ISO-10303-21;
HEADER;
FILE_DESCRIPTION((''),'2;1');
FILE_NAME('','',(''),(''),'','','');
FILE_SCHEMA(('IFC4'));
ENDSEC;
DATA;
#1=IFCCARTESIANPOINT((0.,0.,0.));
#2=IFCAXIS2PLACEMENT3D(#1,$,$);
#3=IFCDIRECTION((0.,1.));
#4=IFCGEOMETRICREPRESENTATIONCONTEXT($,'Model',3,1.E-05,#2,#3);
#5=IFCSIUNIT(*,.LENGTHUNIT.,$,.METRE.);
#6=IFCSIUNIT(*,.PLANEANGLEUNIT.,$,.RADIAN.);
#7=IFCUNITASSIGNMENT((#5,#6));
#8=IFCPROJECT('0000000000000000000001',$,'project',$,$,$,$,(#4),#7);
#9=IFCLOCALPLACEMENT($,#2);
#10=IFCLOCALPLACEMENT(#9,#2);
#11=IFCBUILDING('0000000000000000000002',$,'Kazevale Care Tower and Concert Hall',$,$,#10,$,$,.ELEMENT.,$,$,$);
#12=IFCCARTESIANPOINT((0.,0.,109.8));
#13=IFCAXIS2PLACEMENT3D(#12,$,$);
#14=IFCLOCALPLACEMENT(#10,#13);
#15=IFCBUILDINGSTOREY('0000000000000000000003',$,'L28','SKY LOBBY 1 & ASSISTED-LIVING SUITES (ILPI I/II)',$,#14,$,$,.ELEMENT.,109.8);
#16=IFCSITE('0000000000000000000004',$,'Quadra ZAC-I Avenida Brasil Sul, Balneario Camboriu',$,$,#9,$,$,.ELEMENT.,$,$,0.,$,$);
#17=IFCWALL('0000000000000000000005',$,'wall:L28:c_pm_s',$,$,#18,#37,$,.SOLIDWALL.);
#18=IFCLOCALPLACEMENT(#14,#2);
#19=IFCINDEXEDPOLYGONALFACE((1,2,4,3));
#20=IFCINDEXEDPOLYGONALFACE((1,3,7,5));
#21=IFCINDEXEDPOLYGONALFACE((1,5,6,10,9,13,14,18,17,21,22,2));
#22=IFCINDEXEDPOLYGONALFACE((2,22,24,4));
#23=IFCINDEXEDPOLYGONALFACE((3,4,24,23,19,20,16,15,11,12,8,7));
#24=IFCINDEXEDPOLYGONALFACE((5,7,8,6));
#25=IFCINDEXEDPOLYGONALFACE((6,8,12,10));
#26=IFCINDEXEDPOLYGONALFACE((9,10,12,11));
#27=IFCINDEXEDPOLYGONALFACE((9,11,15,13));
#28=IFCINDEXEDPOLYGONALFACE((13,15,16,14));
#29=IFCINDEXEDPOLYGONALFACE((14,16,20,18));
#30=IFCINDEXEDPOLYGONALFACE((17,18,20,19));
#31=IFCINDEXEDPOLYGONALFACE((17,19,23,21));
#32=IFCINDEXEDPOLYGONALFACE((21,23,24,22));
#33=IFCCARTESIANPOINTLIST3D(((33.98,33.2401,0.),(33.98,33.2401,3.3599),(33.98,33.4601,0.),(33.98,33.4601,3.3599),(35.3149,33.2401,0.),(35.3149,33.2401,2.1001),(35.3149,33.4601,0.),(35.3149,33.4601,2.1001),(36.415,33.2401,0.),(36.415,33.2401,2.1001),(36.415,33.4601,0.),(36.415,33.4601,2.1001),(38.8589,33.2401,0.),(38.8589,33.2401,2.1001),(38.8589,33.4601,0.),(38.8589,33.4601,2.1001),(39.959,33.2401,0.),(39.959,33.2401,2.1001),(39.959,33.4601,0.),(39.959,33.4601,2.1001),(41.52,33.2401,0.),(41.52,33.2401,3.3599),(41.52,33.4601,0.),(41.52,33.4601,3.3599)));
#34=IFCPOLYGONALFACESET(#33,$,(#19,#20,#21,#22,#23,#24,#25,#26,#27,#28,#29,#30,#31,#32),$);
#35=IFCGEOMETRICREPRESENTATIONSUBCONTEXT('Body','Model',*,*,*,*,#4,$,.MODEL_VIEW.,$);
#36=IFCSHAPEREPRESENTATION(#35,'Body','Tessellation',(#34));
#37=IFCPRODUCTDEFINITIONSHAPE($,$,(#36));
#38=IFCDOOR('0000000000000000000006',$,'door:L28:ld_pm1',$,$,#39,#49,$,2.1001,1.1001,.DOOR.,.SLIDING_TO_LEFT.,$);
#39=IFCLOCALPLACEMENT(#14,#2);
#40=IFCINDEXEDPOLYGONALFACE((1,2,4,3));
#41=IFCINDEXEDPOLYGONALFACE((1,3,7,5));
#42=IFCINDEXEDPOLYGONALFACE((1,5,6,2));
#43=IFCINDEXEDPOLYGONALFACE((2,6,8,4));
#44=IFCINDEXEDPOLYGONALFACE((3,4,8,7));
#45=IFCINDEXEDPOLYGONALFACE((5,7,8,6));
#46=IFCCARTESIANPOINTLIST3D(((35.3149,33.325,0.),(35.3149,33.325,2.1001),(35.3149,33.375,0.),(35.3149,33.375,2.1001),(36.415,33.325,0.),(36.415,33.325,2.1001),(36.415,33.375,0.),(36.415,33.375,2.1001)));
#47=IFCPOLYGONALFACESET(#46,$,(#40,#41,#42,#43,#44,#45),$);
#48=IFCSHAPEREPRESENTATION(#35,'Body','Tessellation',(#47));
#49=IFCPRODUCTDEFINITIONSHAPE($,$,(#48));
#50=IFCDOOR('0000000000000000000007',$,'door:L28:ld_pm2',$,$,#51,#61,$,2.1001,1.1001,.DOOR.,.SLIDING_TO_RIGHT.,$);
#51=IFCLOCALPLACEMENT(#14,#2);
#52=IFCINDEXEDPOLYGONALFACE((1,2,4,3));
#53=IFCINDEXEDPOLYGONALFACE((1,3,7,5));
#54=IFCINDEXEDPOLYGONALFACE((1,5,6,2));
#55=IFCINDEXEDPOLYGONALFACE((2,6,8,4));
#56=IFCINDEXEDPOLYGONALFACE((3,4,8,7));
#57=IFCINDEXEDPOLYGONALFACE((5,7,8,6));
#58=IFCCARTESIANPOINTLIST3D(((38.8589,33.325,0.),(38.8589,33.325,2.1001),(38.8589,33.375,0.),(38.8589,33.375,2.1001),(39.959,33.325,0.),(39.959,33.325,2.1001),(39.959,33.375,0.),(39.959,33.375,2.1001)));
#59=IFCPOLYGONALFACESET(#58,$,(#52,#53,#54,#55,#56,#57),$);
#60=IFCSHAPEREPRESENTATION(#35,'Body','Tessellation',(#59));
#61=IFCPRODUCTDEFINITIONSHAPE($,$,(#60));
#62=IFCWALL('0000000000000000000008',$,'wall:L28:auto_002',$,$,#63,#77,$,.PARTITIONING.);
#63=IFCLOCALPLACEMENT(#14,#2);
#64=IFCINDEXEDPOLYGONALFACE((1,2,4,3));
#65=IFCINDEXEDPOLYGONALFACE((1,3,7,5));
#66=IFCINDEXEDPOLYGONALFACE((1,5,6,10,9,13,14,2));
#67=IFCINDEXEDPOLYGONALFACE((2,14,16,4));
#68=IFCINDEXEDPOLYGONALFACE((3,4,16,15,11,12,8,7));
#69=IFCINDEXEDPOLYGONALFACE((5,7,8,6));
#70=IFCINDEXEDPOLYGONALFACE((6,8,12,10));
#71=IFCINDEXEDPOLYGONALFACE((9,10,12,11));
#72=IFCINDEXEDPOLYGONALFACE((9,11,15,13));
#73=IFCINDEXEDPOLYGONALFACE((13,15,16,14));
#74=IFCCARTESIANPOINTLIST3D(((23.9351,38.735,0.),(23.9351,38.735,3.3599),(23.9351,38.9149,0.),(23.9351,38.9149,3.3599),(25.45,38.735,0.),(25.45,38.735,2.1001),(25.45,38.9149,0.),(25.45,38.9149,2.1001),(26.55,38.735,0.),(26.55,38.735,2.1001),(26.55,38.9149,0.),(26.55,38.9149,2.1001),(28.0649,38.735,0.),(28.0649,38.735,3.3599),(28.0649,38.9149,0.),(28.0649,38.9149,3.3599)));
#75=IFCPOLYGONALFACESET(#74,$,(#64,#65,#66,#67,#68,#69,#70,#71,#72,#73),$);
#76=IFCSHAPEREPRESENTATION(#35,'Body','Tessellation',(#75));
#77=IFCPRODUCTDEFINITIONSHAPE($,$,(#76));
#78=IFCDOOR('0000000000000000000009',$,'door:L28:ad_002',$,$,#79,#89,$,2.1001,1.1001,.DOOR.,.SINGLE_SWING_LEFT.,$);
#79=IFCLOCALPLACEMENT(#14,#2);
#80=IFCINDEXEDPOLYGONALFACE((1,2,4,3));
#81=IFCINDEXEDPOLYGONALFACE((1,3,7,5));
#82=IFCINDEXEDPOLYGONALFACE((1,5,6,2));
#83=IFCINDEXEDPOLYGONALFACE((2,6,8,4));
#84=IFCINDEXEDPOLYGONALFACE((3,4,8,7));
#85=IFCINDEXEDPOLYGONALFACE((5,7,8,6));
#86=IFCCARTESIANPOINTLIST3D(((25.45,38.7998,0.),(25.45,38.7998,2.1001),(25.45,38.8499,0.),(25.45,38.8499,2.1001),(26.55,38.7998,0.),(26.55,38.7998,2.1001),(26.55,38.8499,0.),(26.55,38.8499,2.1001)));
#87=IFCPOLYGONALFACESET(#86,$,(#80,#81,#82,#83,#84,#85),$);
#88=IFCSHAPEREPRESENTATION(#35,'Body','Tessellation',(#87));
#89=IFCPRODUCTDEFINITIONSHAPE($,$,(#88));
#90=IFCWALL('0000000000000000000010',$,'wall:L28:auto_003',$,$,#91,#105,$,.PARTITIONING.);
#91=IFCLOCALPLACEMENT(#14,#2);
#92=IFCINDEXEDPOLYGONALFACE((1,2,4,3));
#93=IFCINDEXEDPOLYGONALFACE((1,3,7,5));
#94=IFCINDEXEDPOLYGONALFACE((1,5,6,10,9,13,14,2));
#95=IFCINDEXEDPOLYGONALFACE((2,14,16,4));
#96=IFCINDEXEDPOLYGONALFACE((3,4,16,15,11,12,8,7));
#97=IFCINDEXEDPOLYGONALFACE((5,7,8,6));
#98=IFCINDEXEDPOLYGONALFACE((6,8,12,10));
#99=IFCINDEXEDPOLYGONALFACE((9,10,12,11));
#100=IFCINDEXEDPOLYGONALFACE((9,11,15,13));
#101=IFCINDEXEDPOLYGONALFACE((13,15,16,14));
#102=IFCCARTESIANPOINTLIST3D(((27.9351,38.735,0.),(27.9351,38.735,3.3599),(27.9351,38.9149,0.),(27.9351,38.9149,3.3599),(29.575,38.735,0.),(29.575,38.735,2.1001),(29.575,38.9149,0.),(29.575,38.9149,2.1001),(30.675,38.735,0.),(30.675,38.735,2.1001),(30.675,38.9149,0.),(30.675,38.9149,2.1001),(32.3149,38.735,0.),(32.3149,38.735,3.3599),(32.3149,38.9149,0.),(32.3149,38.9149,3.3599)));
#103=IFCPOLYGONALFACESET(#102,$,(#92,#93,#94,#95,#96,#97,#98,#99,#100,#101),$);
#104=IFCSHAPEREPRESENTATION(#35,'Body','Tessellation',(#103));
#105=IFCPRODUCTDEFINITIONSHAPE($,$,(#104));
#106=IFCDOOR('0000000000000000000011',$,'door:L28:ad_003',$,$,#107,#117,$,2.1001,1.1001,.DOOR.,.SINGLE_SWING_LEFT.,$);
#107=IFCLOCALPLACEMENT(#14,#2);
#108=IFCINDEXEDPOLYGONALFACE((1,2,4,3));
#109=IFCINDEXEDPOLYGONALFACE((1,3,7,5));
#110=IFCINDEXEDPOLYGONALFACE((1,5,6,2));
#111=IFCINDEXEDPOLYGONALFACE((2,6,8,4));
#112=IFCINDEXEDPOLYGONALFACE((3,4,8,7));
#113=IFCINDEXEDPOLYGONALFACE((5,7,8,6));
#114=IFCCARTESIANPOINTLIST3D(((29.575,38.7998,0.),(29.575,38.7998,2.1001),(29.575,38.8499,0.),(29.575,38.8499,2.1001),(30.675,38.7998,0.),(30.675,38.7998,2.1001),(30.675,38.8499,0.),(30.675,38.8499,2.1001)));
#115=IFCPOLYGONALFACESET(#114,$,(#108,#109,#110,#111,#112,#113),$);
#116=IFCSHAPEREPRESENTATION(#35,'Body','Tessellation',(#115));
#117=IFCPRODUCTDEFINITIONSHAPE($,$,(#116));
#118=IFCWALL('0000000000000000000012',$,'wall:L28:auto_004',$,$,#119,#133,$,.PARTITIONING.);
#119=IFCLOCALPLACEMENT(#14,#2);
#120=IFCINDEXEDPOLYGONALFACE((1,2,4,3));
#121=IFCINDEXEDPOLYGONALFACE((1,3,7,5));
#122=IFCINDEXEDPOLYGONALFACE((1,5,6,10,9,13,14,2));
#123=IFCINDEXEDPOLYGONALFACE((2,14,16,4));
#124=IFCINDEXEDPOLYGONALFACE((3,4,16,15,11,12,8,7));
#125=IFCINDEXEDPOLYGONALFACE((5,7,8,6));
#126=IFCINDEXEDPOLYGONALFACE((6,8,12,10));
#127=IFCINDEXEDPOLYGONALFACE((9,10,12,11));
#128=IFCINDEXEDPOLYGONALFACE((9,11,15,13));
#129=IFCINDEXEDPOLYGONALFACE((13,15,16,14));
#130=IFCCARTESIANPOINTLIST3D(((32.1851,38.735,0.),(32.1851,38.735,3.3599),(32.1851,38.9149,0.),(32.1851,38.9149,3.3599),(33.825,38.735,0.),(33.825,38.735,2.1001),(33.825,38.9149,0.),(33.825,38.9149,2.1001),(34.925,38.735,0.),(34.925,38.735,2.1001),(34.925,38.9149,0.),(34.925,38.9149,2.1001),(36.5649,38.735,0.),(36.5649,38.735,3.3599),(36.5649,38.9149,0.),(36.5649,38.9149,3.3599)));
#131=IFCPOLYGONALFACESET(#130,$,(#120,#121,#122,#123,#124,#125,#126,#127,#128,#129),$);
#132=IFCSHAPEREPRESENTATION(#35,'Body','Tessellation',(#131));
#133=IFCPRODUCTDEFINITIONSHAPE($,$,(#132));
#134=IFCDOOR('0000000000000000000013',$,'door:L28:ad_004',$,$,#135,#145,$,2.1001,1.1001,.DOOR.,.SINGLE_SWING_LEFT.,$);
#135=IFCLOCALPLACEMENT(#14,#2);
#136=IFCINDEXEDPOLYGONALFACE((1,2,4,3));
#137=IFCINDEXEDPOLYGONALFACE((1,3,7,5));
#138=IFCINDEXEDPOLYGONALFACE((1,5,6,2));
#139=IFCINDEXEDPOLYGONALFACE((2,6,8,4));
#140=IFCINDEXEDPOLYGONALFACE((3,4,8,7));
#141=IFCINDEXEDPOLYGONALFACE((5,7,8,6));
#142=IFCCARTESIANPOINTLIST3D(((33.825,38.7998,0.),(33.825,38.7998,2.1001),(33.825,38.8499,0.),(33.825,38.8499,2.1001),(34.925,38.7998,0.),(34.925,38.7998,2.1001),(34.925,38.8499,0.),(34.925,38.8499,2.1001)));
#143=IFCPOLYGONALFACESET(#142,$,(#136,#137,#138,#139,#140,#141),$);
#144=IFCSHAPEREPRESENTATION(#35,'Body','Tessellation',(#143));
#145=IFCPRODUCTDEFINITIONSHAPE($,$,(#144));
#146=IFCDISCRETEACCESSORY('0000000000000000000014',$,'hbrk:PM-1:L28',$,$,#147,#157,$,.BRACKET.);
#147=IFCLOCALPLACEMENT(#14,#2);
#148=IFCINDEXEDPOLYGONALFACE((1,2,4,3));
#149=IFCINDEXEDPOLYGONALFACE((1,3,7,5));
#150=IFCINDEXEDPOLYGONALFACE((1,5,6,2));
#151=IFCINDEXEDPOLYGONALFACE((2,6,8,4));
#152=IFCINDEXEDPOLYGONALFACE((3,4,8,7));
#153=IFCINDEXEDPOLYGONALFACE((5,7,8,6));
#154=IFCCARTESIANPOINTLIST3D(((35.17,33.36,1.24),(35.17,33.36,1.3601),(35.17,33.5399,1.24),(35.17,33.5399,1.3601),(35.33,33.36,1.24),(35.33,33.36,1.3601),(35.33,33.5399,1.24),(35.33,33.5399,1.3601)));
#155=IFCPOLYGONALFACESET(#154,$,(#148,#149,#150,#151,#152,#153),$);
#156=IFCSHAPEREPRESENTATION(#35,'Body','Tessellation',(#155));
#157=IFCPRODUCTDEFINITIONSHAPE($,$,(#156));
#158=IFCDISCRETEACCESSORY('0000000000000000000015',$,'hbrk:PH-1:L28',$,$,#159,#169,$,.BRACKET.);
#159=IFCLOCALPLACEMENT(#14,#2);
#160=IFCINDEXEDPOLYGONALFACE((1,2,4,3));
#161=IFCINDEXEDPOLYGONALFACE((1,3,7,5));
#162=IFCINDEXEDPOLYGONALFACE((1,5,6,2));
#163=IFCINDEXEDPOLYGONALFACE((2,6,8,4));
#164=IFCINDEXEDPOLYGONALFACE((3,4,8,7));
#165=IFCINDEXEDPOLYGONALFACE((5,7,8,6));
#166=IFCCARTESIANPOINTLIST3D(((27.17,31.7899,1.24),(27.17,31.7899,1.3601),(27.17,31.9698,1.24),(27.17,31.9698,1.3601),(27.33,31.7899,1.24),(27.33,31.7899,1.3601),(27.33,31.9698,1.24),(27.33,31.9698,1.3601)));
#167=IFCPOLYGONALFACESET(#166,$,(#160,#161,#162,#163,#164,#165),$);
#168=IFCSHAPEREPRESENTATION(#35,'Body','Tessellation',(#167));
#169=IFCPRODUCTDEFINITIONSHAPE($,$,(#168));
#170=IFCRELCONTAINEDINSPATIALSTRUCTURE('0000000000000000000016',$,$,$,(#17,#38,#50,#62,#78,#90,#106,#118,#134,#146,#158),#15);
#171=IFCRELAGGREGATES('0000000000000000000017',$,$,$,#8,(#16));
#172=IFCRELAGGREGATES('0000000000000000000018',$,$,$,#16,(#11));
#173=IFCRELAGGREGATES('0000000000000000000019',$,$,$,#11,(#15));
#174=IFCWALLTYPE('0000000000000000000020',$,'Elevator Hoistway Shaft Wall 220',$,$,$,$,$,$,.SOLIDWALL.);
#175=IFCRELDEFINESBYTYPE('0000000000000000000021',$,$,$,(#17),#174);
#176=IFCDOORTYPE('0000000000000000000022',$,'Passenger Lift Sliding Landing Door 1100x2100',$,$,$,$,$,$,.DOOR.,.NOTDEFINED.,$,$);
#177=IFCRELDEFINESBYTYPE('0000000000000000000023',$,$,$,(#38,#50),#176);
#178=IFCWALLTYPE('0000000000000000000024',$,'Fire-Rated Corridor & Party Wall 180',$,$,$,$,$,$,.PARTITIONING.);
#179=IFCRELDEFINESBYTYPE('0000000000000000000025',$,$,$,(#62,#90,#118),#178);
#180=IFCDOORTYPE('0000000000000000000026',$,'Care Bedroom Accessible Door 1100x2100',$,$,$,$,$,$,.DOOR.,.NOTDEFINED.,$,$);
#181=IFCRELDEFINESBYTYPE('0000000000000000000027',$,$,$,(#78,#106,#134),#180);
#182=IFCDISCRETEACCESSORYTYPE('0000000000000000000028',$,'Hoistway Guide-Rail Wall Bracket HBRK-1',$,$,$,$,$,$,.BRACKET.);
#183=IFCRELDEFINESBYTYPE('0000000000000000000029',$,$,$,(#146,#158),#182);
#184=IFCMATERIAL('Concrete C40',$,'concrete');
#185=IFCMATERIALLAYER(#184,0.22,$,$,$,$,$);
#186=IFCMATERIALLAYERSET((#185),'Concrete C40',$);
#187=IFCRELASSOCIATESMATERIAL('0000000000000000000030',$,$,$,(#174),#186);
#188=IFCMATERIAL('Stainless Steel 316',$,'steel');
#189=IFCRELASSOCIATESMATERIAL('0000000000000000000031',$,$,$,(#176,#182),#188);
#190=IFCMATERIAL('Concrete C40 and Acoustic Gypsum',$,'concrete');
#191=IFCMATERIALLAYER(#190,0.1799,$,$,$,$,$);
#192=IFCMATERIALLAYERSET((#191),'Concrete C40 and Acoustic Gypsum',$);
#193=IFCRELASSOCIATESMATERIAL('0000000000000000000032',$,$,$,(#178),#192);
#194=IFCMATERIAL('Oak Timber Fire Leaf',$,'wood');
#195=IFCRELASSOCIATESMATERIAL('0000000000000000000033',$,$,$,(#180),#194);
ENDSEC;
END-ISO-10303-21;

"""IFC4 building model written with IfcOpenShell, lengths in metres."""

from ifc_helpers import new_model, si_unit, direction, frame, frame_2d, origin, origin_2d, place, context, subcontext, project, spatial, rectangle, extrude, material, layer, layer_set, type_object, element, fill, save


model = new_model("IFC4")

# Units and contexts
model_context = context("Model", 3, precision=1e-05, world=origin(), true_north=direction((0.0, 1.0)))
body_context = subcontext(model_context, "Body", "Model", "MODEL_VIEW")
ifc_project = project(units=[si_unit("LENGTHUNIT", "METRE"), si_unit("PLANEANGLEUNIT", "RADIAN")], contexts=[model_context])

# Site, building, storey
site_placement = place(None, origin())
site = spatial("IfcSite", under=ifc_project, at=site_placement, Name="Quadra ZAC-I Avenida Brasil Sul, Balneario Camboriu", CompositionType="ELEMENT", RefElevation=0.0)
building_placement = place(site_placement, origin())
building = spatial("IfcBuilding", under=site, at=building_placement, Name="Kazevale Care Tower and Concert Hall", CompositionType="ELEMENT")
storey_placement = place(building_placement, frame((0.0, 0.0, 109.8)))
storey = spatial("IfcBuildingStorey", under=building, at=storey_placement, Name="L28", Description="SKY LOBBY 1 & ASSISTED-LIVING SUITES (ILPI I/II)", CompositionType="ELEMENT", Elevation=109.8)

# Shared definitions
ifc_material_1 = material(Name="Oak Timber Fire Leaf", Category="wood")

# Shared definitions
ifc_material_2 = material(Name="Concrete C40", Category="concrete")
ifc_layer_1 = layer(ifc_material_2, 0.22)
ifc_layer_set_1 = layer_set([ifc_layer_1], Name="Concrete C40")
wall_type_1 = type_object("IfcWallType", Name="Elevator Hoistway Shaft Wall 220", PredefinedType="SOLIDWALL", material=ifc_layer_set_1)

# Wall, openings, doors
wall_1_placement = place(storey_placement, frame((33.98, 33.3501, 0.0), z_axis=(0.0, 0.0, 1.0), x_axis=(1.0, 0.0, 0.0)))
wall_1 = element("IfcWall", 1, at=wall_1_placement, inside=storey, type_object=wall_type_1, Name="wall:L28:c_pm_s", PredefinedType="SOLIDWALL", context=body_context, shape_type="SweptSolid", body=[
    extrude(rectangle(XDim=7.54, YDim=0.22, at=frame_2d((3.77, 0.0))), origin(), (0.0, 0.0, 1.0), 3.3599),
])
opening_1_placement = place(wall_1_placement, frame((1.335, 0.0, 0.0)))
opening_1 = element("IfcOpeningElement", 2, at=opening_1_placement, cuts=wall_1, PredefinedType="OPENING", context=body_context, shape_type="SweptSolid", body=[
    extrude(rectangle(XDim=1.1001, YDim=2.1001, at=frame_2d((0.55, 1.05))), frame((0.0, 0.1199, 0.0), z_axis=(0.0, -1.0, 0.0), x_axis=(1.0, 0.0, 0.0)), (0.0, 0.0, 1.0), 0.24),
])
opening_2_placement = place(wall_1_placement, frame((4.8789, 0.0, 0.0)))
opening_2 = element("IfcOpeningElement", 3, at=opening_2_placement, cuts=wall_1, PredefinedType="OPENING", context=body_context, shape_type="SweptSolid", body=[
    extrude(rectangle(XDim=1.1001, YDim=2.1001, at=frame_2d((0.55, 1.05))), frame((0.0, 0.1199, 0.0), z_axis=(0.0, -1.0, 0.0), x_axis=(1.0, 0.0, 0.0)), (0.0, 0.0, 1.0), 0.24),
])
ifc_material_3 = material(Name="Stainless Steel 316", Category="steel")
door_type_1 = type_object("IfcDoorType", Name="Passenger Lift Sliding Landing Door 1100x2100", OperationType="NOTDEFINED", PredefinedType="DOOR", material=ifc_material_3)
door_1_placement = place(opening_1_placement, origin())
door_1 = element("IfcDoor", 4, at=door_1_placement, inside=storey, type_object=door_type_1, Name="door:L28:ld_pm1", OperationType="SLIDING_TO_LEFT", OverallHeight=2.1001, OverallWidth=1.1001, PredefinedType="DOOR", context=body_context, shape_type="SweptSolid", body=[
    extrude(rectangle(XDim=1.1001, YDim=2.1001, at=frame_2d((0.55, 1.05))), frame((0.0, 0.0249, 0.0), z_axis=(0.0, -1.0, 0.0), x_axis=(1.0, 0.0, 0.0)), (0.0, 0.0, 1.0), 0.05),
])
fill(opening_1, door_1)
door_2_placement = place(opening_2_placement, origin())
door_2 = element("IfcDoor", 5, at=door_2_placement, inside=storey, type_object=door_type_1, Name="door:L28:ld_pm2", OperationType="SLIDING_TO_RIGHT", OverallHeight=2.1001, OverallWidth=1.1001, PredefinedType="DOOR", context=body_context, shape_type="SweptSolid", body=[
    extrude(rectangle(XDim=1.1001, YDim=2.1001, at=frame_2d((0.55, 1.05))), frame((0.0, 0.0249, 0.0), z_axis=(0.0, -1.0, 0.0), x_axis=(1.0, 0.0, 0.0)), (0.0, 0.0, 1.0), 0.05),
])
fill(opening_2, door_2)

# Walls, openings, doors
ifc_material_4 = material(Name="Concrete C40 and Acoustic Gypsum", Category="concrete")
ifc_layer_2 = layer(ifc_material_4, 0.1799)
ifc_layer_set_2 = layer_set([ifc_layer_2], Name="Concrete C40 and Acoustic Gypsum")
wall_type_2 = type_object("IfcWallType", Name="Fire-Rated Corridor & Party Wall 180", PredefinedType="PARTITIONING", material=ifc_layer_set_2)
wall_2_placement = place(storey_placement, frame((23.9351, 38.825, 0.0), z_axis=(0.0, 0.0, 1.0), x_axis=(1.0, 0.0, 0.0)))
wall_2 = element("IfcWall", 6, at=wall_2_placement, inside=storey, type_object=wall_type_2, Name="wall:L28:auto_002", PredefinedType="PARTITIONING", context=body_context, shape_type="SweptSolid", body=[
    extrude(rectangle(XDim=4.1299, YDim=0.1799, at=frame_2d((2.0649, 0.0))), origin(), (0.0, 0.0, 1.0), 3.3599),
])
opening_3_placement = place(wall_2_placement, frame((1.5149, 0.0, 0.0)))
opening_3 = element("IfcOpeningElement", 7, at=opening_3_placement, cuts=wall_2, PredefinedType="OPENING", context=body_context, shape_type="SweptSolid", body=[
    extrude(rectangle(XDim=1.1001, YDim=2.1001, at=frame_2d((0.55, 1.05))), frame((0.0, 0.0999, 0.0), z_axis=(0.0, -1.0, 0.0), x_axis=(1.0, 0.0, 0.0)), (0.0, 0.0, 1.0), 0.2),
])
door_type_2 = type_object("IfcDoorType", Name="Care Bedroom Accessible Door 1100x2100", OperationType="NOTDEFINED", PredefinedType="DOOR", material=ifc_material_1)
door_3_placement = place(opening_3_placement, origin())
door_3 = element("IfcDoor", 8, at=door_3_placement, inside=storey, type_object=door_type_2, Name="door:L28:ad_002", OperationType="SINGLE_SWING_LEFT", OverallHeight=2.1001, OverallWidth=1.1001, PredefinedType="DOOR", context=body_context, shape_type="SweptSolid", body=[
    extrude(rectangle(XDim=1.1001, YDim=2.1001, at=frame_2d((0.55, 1.05))), frame((0.0, 0.0249, 0.0), z_axis=(0.0, -1.0, 0.0), x_axis=(1.0, 0.0, 0.0)), (0.0, 0.0, 1.0), 0.05),
])
fill(opening_3, door_3)
wall_3_placement = place(storey_placement, frame((27.9351, 38.825, 0.0), z_axis=(0.0, 0.0, 1.0), x_axis=(1.0, 0.0, 0.0)))
wall_3 = element("IfcWall", 9, at=wall_3_placement, inside=storey, type_object=wall_type_2, Name="wall:L28:auto_003", PredefinedType="PARTITIONING", context=body_context, shape_type="SweptSolid", body=[
    extrude(rectangle(XDim=4.3799, YDim=0.1799, at=frame_2d((2.1899, 0.0))), origin(), (0.0, 0.0, 1.0), 3.3599),
])
opening_4_placement = place(wall_3_placement, frame((1.6399, 0.0, 0.0)))
opening_4 = element("IfcOpeningElement", 10, at=opening_4_placement, cuts=wall_3, PredefinedType="OPENING", context=body_context, shape_type="SweptSolid", body=[
    extrude(rectangle(XDim=1.1001, YDim=2.1001, at=frame_2d((0.55, 1.05))), frame((0.0, 0.0999, 0.0), z_axis=(0.0, -1.0, 0.0), x_axis=(1.0, 0.0, 0.0)), (0.0, 0.0, 1.0), 0.2),
])
door_4_placement = place(opening_4_placement, origin())
door_4 = element("IfcDoor", 11, at=door_4_placement, inside=storey, type_object=door_type_2, Name="door:L28:ad_003", OperationType="SINGLE_SWING_LEFT", OverallHeight=2.1001, OverallWidth=1.1001, PredefinedType="DOOR", context=body_context, shape_type="SweptSolid", body=[
    extrude(rectangle(XDim=1.1001, YDim=2.1001, at=frame_2d((0.55, 1.05))), frame((0.0, 0.0249, 0.0), z_axis=(0.0, -1.0, 0.0), x_axis=(1.0, 0.0, 0.0)), (0.0, 0.0, 1.0), 0.05),
])
fill(opening_4, door_4)
wall_4_placement = place(storey_placement, frame((32.1851, 38.825, 0.0), z_axis=(0.0, 0.0, 1.0), x_axis=(1.0, 0.0, 0.0)))
wall_4 = element("IfcWall", 12, at=wall_4_placement, inside=storey, type_object=wall_type_2, Name="wall:L28:auto_004", PredefinedType="PARTITIONING", context=body_context, shape_type="SweptSolid", body=[
    extrude(rectangle(XDim=4.3799, YDim=0.1799, at=frame_2d((2.1899, 0.0))), origin(), (0.0, 0.0, 1.0), 3.3599),
])
opening_5_placement = place(wall_4_placement, frame((1.6399, 0.0, 0.0)))
opening_5 = element("IfcOpeningElement", 13, at=opening_5_placement, cuts=wall_4, PredefinedType="OPENING", context=body_context, shape_type="SweptSolid", body=[
    extrude(rectangle(XDim=1.1001, YDim=2.1001, at=frame_2d((0.55, 1.05))), frame((0.0, 0.0999, 0.0), z_axis=(0.0, -1.0, 0.0), x_axis=(1.0, 0.0, 0.0)), (0.0, 0.0, 1.0), 0.2),
])
door_5_placement = place(opening_5_placement, origin())
door_5 = element("IfcDoor", 14, at=door_5_placement, inside=storey, type_object=door_type_2, Name="door:L28:ad_004", OperationType="SINGLE_SWING_LEFT", OverallHeight=2.1001, OverallWidth=1.1001, PredefinedType="DOOR", context=body_context, shape_type="SweptSolid", body=[
    extrude(rectangle(XDim=1.1001, YDim=2.1001, at=frame_2d((0.55, 1.05))), frame((0.0, 0.0249, 0.0), z_axis=(0.0, -1.0, 0.0), x_axis=(1.0, 0.0, 0.0)), (0.0, 0.0, 1.0), 0.05),
])
fill(opening_5, door_5)

# Discrete accessories
discrete_accessory_type = type_object("IfcDiscreteAccessoryType", Name="Hoistway Guide-Rail Wall Bracket HBRK-1", PredefinedType="BRACKET", material=ifc_material_3)
for number, where, z_axis, x_axis, name in (
    (15, (35.25, 33.45, 1.24), (0.0, 0.0, 1.0), (1.0, 0.0, 0.0), "hbrk:PM-1:L28"),
    (16, (27.25, 31.8799, 1.24), (0.0, 0.0, 1.0), (1.0, 0.0, 0.0), "hbrk:PH-1:L28"),
):
    element("IfcDiscreteAccessory", number, at=place(storey_placement, frame(where, z_axis=z_axis, x_axis=x_axis)), inside=storey, type_object=discrete_accessory_type, Name=name, PredefinedType="BRACKET", context=body_context, shape_type="SweptSolid", body=[
        extrude(rectangle(XDim=0.1599, YDim=0.1799, at=origin_2d()), origin(), (0.0, 0.0, 1.0), 0.1201),
    ])

save(model, "model.ifc")
